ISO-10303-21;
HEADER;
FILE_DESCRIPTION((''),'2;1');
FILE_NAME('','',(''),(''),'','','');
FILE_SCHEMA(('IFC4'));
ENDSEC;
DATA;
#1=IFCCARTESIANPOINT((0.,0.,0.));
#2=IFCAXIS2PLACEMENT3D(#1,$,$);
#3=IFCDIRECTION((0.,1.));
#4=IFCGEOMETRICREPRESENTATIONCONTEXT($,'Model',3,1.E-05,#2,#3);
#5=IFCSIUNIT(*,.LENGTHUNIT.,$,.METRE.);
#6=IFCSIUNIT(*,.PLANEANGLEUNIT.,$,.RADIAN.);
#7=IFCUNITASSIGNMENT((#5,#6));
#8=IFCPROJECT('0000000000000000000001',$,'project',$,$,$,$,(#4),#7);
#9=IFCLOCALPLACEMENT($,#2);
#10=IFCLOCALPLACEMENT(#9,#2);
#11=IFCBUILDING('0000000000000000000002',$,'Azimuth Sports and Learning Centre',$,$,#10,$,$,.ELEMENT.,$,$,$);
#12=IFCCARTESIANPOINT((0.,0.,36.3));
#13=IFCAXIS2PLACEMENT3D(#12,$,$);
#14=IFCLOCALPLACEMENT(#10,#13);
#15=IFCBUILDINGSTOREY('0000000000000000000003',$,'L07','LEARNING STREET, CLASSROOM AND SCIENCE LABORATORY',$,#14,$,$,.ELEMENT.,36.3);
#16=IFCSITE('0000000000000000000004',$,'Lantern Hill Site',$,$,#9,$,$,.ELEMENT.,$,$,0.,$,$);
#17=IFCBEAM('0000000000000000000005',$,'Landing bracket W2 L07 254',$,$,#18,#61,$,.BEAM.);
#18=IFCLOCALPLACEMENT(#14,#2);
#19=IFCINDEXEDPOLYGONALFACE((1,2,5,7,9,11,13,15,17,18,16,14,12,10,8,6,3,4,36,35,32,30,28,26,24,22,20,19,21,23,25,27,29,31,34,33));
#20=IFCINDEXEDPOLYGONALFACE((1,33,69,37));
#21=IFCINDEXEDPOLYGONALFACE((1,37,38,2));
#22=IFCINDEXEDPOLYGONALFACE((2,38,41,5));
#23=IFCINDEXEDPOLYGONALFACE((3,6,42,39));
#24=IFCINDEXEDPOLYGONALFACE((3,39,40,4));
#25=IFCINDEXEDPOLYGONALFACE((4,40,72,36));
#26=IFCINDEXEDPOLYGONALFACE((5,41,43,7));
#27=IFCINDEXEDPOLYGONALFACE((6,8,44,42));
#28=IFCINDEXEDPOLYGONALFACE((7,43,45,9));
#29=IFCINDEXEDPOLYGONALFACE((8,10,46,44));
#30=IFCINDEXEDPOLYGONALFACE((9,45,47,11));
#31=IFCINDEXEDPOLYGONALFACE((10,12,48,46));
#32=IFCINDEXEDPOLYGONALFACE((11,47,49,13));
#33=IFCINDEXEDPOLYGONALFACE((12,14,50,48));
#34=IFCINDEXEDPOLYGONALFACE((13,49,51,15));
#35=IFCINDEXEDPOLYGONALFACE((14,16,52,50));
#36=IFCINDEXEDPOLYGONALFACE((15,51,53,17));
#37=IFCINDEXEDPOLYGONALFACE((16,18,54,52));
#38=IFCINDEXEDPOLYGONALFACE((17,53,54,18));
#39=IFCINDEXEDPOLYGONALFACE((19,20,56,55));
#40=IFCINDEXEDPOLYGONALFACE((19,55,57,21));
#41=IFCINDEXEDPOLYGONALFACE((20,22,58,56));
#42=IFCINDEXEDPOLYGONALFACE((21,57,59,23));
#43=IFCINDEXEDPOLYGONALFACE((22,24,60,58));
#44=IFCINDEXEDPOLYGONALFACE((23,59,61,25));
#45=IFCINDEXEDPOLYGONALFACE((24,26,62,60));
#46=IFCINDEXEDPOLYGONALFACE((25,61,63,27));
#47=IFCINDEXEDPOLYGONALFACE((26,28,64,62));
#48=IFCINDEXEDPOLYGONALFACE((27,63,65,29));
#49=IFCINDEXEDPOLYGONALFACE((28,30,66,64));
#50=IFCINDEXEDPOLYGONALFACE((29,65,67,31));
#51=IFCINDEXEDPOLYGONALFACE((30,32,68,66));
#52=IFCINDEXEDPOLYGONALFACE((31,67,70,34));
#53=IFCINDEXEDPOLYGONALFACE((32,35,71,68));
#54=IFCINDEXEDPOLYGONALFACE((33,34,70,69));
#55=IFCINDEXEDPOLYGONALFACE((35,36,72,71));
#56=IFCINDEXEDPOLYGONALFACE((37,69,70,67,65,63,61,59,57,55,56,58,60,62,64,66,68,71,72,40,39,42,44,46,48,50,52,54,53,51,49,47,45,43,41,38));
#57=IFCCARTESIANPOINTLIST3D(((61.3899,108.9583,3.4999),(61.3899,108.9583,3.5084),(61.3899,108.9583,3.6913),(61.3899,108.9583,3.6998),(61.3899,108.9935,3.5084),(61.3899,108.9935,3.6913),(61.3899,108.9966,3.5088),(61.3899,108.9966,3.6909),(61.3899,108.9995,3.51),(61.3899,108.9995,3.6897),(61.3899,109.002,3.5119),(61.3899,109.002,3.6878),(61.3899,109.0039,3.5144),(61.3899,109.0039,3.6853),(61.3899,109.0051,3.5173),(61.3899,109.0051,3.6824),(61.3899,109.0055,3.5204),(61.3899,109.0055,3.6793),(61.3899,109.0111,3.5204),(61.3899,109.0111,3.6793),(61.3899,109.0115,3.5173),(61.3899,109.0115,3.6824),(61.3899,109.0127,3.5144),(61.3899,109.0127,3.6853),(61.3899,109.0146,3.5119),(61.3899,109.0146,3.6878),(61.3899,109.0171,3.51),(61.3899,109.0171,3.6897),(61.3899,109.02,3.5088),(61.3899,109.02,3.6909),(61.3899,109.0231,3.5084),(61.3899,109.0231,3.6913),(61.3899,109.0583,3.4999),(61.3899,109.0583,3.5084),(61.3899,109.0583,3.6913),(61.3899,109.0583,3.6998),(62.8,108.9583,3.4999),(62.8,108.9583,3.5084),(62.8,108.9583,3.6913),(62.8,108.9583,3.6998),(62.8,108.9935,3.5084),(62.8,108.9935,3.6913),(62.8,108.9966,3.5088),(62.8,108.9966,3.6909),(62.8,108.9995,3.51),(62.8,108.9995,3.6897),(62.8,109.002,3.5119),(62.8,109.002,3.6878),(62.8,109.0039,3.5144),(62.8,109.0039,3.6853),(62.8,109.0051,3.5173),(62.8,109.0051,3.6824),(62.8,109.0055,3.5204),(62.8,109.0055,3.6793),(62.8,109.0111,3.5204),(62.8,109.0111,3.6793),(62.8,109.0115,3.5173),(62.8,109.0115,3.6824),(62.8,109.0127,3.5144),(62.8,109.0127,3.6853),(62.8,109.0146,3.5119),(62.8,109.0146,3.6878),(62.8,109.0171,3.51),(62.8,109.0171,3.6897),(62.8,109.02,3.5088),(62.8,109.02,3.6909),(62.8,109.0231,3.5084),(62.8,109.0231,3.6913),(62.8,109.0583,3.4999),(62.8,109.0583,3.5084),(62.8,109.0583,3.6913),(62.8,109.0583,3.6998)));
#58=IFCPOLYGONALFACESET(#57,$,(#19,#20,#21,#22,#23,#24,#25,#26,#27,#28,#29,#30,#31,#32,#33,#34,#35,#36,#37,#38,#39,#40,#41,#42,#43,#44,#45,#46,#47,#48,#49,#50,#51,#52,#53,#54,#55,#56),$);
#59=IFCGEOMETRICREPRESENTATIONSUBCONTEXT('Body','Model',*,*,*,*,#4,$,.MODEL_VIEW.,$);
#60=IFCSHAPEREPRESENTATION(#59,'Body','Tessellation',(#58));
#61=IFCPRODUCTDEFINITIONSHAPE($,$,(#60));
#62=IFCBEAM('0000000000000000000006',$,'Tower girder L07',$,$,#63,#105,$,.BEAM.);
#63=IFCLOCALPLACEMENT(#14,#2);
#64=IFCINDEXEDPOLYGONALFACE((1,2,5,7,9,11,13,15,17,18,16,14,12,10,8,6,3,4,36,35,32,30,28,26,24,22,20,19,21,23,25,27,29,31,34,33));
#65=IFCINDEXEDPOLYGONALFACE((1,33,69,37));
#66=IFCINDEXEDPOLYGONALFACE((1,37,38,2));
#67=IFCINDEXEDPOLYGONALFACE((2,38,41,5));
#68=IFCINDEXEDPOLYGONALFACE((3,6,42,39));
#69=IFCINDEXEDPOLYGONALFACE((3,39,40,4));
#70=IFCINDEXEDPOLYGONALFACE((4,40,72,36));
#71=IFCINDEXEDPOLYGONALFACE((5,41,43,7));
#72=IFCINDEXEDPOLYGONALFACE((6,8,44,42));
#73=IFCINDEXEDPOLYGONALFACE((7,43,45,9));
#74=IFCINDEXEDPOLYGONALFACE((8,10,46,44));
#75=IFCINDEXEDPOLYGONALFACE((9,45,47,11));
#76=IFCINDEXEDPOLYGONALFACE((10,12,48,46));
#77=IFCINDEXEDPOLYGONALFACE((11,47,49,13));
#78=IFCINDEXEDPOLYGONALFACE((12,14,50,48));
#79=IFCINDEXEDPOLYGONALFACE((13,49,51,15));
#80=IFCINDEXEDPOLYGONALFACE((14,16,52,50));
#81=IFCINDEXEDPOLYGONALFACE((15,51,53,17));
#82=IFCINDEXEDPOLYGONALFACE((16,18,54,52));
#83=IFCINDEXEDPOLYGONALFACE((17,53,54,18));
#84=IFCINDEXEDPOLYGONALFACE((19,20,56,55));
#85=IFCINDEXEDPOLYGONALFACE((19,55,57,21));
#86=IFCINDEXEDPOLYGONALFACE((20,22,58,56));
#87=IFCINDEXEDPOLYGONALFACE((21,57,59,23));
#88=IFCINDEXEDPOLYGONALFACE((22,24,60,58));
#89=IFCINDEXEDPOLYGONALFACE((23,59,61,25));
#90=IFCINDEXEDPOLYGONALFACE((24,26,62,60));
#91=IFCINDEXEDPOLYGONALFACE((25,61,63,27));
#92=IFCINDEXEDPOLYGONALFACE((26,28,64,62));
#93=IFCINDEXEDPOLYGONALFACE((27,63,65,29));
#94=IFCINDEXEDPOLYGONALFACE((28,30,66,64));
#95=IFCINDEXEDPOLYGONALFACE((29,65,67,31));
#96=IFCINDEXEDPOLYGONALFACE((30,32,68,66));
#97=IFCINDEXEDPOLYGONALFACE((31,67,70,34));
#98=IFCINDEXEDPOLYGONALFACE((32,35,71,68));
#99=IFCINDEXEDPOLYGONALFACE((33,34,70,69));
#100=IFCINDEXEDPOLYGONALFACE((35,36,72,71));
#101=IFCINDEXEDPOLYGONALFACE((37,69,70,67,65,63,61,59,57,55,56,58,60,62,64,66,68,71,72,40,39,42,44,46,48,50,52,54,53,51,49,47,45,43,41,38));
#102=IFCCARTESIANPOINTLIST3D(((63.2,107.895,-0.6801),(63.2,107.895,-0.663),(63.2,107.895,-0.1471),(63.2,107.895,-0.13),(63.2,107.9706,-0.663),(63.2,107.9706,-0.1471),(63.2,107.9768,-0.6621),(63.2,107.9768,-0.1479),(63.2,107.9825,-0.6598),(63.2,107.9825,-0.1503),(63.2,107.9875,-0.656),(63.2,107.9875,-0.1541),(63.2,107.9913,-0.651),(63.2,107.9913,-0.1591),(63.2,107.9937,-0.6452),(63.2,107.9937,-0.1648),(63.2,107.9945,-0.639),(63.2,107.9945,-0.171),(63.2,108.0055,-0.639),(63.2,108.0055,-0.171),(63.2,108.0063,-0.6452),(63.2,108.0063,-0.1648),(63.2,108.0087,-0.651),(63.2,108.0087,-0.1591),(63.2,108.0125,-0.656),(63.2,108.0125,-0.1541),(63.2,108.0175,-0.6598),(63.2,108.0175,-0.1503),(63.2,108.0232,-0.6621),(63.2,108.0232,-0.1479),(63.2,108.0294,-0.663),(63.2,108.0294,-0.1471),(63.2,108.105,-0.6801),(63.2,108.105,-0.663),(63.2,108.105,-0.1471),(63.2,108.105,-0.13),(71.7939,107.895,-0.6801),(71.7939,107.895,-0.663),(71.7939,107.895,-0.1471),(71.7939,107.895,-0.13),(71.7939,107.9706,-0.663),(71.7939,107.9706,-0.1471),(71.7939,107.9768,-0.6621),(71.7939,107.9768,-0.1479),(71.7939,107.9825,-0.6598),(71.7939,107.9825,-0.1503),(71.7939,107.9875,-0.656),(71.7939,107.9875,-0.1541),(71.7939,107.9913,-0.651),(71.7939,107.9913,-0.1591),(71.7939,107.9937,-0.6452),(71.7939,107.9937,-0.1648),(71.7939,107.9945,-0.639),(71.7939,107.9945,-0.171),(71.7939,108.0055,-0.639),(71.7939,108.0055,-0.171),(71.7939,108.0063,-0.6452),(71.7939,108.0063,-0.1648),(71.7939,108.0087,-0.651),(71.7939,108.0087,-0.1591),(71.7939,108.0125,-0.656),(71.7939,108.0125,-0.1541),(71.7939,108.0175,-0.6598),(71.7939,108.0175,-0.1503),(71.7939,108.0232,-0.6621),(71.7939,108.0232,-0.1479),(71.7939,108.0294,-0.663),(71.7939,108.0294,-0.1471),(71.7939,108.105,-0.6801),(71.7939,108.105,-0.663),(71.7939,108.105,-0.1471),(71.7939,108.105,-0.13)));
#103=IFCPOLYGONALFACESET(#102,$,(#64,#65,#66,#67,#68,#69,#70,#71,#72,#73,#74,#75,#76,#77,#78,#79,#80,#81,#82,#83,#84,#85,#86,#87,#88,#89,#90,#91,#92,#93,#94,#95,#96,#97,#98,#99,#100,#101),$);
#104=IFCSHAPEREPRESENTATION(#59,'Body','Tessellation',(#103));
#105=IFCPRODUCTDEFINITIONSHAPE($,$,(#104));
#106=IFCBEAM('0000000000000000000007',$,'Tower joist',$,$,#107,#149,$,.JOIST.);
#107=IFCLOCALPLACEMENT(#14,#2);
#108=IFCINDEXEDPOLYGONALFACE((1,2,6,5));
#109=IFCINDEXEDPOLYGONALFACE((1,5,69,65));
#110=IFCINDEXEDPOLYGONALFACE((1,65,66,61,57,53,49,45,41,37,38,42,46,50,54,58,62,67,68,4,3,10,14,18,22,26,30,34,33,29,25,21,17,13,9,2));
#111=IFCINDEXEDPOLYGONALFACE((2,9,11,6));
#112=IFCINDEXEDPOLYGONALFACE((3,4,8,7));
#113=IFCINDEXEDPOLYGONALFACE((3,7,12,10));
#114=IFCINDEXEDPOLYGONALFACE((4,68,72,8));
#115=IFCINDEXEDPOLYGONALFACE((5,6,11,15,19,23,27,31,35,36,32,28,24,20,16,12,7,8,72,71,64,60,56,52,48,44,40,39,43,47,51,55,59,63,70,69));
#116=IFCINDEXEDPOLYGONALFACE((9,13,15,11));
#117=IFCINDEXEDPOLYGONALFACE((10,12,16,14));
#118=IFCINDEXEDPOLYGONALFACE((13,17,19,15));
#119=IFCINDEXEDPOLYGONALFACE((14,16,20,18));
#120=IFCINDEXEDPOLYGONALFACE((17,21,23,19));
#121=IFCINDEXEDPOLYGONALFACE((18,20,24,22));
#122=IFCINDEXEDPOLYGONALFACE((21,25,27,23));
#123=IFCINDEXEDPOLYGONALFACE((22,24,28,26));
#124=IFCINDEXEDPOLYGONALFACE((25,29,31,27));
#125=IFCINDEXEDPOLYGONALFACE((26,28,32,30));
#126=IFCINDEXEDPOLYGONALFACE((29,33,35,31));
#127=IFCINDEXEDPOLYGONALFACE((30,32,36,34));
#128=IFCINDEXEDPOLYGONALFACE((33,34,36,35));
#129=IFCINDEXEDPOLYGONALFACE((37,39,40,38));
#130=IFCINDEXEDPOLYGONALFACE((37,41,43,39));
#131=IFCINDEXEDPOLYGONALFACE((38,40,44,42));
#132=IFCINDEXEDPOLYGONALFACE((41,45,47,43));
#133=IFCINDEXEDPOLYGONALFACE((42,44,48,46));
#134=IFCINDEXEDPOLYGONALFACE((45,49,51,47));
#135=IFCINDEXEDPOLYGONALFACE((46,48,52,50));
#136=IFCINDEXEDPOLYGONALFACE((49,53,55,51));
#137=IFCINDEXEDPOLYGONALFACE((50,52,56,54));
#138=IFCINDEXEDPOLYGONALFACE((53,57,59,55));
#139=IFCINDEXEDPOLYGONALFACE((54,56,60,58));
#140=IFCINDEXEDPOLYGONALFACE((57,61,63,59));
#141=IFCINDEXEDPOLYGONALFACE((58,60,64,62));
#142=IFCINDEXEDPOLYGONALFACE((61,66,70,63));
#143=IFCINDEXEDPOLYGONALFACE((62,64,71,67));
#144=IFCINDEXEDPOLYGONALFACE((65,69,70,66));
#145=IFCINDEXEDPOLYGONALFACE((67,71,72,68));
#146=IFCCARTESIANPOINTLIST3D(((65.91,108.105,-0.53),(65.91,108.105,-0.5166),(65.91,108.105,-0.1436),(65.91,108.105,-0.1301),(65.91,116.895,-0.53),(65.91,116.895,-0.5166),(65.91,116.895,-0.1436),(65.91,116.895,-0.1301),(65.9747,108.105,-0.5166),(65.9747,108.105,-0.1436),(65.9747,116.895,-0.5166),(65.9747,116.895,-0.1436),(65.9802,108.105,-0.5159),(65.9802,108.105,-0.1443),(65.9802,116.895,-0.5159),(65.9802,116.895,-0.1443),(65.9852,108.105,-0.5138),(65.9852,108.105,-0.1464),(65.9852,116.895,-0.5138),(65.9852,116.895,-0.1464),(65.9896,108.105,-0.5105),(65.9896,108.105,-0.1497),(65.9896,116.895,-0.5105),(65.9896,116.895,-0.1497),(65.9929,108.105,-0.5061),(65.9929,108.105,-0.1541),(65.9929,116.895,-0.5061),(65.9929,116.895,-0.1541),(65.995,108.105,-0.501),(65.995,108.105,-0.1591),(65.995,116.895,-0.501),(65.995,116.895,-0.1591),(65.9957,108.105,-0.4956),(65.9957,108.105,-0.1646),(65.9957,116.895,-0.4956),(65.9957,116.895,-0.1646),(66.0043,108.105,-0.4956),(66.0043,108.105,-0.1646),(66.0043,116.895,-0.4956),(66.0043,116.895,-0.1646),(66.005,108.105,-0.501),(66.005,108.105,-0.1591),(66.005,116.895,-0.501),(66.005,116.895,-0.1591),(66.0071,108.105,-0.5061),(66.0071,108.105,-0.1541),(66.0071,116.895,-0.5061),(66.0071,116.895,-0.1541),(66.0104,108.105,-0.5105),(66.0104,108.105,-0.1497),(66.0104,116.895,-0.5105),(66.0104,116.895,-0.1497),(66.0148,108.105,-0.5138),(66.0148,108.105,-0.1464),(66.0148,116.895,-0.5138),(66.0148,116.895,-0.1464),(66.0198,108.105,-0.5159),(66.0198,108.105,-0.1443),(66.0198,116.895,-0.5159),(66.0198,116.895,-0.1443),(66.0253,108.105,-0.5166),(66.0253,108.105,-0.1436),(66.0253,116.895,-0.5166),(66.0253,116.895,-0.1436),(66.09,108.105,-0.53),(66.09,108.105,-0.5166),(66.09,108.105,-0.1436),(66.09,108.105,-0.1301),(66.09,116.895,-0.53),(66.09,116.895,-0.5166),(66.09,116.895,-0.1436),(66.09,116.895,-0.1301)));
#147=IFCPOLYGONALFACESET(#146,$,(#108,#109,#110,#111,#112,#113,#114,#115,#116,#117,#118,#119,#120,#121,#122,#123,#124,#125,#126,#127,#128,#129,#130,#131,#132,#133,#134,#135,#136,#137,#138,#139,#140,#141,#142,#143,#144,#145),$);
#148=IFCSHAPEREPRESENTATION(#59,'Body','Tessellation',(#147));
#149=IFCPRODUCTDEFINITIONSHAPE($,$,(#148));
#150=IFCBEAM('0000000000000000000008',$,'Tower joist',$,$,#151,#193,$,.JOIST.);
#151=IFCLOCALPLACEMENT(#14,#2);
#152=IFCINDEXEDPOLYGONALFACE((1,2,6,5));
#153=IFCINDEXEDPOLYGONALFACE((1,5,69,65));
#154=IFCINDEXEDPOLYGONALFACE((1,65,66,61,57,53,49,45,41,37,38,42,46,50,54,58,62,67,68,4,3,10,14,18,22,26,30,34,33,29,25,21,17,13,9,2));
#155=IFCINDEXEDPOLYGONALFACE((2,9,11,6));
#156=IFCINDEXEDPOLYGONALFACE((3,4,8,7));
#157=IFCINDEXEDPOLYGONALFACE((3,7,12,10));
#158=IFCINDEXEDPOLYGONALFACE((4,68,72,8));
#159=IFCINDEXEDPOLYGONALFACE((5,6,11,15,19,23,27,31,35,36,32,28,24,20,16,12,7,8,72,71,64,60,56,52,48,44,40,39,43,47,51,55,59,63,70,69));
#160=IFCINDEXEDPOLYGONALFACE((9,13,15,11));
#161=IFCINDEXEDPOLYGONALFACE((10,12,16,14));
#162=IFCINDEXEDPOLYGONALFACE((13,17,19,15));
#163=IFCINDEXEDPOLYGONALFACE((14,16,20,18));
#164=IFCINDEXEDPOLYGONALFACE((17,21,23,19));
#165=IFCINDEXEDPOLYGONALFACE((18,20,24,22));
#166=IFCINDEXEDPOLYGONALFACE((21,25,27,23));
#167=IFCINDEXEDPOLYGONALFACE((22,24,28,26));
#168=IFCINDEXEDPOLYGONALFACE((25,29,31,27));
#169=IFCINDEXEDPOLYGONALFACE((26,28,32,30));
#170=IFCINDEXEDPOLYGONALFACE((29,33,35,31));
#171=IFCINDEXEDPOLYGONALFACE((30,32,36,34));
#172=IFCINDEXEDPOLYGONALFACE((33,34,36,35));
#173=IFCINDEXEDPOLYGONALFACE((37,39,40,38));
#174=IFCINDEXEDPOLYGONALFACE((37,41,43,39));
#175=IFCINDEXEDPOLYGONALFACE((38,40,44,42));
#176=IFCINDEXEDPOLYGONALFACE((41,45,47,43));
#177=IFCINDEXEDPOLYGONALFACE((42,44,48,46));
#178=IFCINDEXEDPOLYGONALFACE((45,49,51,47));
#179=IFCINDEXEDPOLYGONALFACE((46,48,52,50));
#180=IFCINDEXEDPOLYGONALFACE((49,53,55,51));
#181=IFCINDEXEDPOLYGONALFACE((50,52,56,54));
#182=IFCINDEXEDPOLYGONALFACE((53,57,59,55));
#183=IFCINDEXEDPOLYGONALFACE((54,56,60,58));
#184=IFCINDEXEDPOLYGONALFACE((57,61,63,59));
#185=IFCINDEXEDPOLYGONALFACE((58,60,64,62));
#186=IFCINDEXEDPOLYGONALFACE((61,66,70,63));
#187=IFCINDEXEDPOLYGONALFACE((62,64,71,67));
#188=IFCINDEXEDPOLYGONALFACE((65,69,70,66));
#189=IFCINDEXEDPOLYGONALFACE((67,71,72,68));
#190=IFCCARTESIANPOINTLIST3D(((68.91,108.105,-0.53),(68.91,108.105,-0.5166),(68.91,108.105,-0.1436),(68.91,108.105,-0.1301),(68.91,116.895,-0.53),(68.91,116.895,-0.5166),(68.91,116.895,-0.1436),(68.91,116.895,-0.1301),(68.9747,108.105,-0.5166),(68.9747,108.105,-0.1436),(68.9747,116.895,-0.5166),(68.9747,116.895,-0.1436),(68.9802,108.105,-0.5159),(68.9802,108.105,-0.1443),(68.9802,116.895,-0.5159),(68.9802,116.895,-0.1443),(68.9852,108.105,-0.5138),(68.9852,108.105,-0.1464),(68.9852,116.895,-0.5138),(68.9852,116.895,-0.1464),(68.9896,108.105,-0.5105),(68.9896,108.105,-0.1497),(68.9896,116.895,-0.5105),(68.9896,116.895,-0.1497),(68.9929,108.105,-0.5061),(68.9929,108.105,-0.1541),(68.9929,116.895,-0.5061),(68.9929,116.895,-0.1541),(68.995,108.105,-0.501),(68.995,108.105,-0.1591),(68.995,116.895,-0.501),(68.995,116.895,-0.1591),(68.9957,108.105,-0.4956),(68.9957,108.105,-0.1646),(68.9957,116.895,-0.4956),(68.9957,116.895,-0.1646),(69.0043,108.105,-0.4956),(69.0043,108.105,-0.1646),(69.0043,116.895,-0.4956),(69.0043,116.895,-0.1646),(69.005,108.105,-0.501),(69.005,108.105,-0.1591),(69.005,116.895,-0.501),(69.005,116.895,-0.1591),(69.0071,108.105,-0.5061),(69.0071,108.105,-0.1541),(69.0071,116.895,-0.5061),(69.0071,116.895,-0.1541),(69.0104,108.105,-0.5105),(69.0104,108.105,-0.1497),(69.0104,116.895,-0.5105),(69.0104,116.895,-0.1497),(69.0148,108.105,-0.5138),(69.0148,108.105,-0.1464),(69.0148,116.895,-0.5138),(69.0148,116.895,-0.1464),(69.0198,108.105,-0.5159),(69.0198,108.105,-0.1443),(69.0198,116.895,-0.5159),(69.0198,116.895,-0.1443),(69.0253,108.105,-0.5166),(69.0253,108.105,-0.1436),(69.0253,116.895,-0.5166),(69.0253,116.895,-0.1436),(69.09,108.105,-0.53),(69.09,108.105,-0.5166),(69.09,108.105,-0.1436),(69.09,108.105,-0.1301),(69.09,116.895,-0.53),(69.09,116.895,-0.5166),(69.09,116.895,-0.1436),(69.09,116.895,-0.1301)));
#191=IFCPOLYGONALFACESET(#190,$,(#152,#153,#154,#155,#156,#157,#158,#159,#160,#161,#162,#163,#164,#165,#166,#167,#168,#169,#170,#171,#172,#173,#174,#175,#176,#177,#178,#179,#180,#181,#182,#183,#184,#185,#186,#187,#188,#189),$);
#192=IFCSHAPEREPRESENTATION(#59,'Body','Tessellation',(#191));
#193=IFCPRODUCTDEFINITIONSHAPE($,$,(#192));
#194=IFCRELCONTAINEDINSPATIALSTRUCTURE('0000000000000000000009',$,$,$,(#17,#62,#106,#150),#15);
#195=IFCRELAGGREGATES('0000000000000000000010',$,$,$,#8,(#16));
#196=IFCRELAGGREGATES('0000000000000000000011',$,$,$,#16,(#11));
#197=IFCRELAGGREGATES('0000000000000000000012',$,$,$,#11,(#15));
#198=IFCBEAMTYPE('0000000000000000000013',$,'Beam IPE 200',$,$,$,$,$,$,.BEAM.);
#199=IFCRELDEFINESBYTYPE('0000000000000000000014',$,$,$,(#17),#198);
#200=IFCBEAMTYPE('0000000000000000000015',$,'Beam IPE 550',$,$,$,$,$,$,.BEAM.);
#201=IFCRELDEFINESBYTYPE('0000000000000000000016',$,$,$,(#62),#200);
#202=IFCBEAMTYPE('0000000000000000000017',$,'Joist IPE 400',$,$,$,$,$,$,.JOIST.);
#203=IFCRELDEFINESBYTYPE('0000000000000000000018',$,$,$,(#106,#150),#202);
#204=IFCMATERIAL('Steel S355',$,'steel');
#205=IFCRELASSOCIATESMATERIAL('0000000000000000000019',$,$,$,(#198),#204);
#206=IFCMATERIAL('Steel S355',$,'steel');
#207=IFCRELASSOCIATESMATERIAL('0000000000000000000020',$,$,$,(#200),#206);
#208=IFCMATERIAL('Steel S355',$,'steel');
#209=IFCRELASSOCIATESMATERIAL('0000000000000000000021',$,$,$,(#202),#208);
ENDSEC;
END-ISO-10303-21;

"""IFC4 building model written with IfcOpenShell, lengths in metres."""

from ifc_helpers import new_model, si_unit, direction, frame, origin, origin_2d, place, context, subcontext, project, spatial, i_section, extrude, material, material_profile, profile_set, type_object, element, save


model = new_model("IFC4")

# Units and contexts
model_context = context("Model", 3, precision=1e-05, world=origin(), true_north=direction((0.0, 1.0)))
body_context = subcontext(model_context, "Body", "Model", "MODEL_VIEW")
ifc_project = project(units=[si_unit("LENGTHUNIT", "METRE"), si_unit("PLANEANGLEUNIT", "RADIAN")], contexts=[model_context])

# Site, building, storey
site_placement = place(None, origin())
site = spatial("IfcSite", under=ifc_project, at=site_placement, Name="Lantern Hill Site", CompositionType="ELEMENT", RefElevation=0.0)
building_placement = place(site_placement, origin())
building = spatial("IfcBuilding", under=site, at=building_placement, Name="Azimuth Sports and Learning Centre", CompositionType="ELEMENT")
storey_placement = place(building_placement, frame((0.0, 0.0, 36.3)))
storey = spatial("IfcBuildingStorey", under=building, at=storey_placement, Name="L07", Description="LEARNING STREET, CLASSROOM AND SCIENCE LABORATORY", CompositionType="ELEMENT", Elevation=36.3)

# Beams
ifc_material_1 = material(Name="Steel S355", Category="steel")
ifc_material_profile_1 = material_profile(ifc_material_1, i_section(OverallWidth=0.1001, OverallDepth=0.2, WebThickness=0.0056, FlangeThickness=0.0085, FilletRadius=0.012, at=origin_2d()), Name="IPE 200")
ifc_profile_set_1 = profile_set([ifc_material_profile_1], Name="Steel S355")
beam_type_1 = type_object("IfcBeamType", Name="Beam IPE 200", PredefinedType="BEAM", material=ifc_profile_set_1)
beam_1_placement = place(storey_placement, frame((62.8, 109.0083, 3.5999), z_axis=(-1.0, 0.0, 0.0), x_axis=(0.0, -1.0, 0.0)))
element("IfcBeam", 1, at=beam_1_placement, inside=storey, type_object=beam_type_1, Name="Landing bracket W2 L07 254", PredefinedType="BEAM", context=body_context, shape_type="SweptSolid", body=[
    extrude(i_section(OverallWidth=0.1001, OverallDepth=0.2, WebThickness=0.0056, FlangeThickness=0.0085, FilletRadius=0.012, at=origin_2d()), origin(), (0.0, 0.0, 1.0), 1.4102),
])
ifc_material_2 = material(Name="Steel S355", Category="steel")
ifc_material_profile_2 = material_profile(ifc_material_2, i_section(OverallWidth=0.21, OverallDepth=0.55, WebThickness=0.011, FlangeThickness=0.0171, FilletRadius=0.0239, at=origin_2d()), Name="IPE 550")
ifc_profile_set_2 = profile_set([ifc_material_profile_2], Name="Steel S355")
beam_type_2 = type_object("IfcBeamType", Name="Beam IPE 550", PredefinedType="BEAM", material=ifc_profile_set_2)
beam_2_placement = place(storey_placement, frame((63.2, 108.0, -0.405), z_axis=(1.0, 0.0, 0.0), x_axis=(0.0, 1.0, 0.0)))
element("IfcBeam", 2, at=beam_2_placement, inside=storey, type_object=beam_type_2, Name="Tower girder L07", PredefinedType="BEAM", context=body_context, shape_type="SweptSolid", body=[
    extrude(i_section(OverallWidth=0.21, OverallDepth=0.55, WebThickness=0.011, FlangeThickness=0.0171, FilletRadius=0.0239, at=origin_2d()), origin(), (0.0, 0.0, 1.0), 8.594),
])
ifc_material_3 = material(Name="Steel S355", Category="steel")
ifc_material_profile_3 = material_profile(ifc_material_3, i_section(OverallWidth=0.1799, OverallDepth=0.3999, WebThickness=0.0085, FlangeThickness=0.0134, FilletRadius=0.021, at=origin_2d()), Name="IPE 400")
ifc_profile_set_3 = profile_set([ifc_material_profile_3], Name="Steel S355")
beam_type_3 = type_object("IfcBeamType", Name="Joist IPE 400", PredefinedType="JOIST", material=ifc_profile_set_3)
for number, where, z_axis, x_axis, name in (
    (3, (66.0, 108.105, -0.3301), (0.0, 1.0, 0.0), (-1.0, 0.0, 0.0), "Tower joist"),
    (4, (69.0, 108.105, -0.3301), (0.0, 1.0, 0.0), (-1.0, 0.0, 0.0), "Tower joist"),
):
    element("IfcBeam", number, at=place(storey_placement, frame(where, z_axis=z_axis, x_axis=x_axis)), inside=storey, type_object=beam_type_3, Name=name, PredefinedType="JOIST", context=body_context, shape_type="SweptSolid", body=[
        extrude(i_section(OverallWidth=0.1799, OverallDepth=0.3999, WebThickness=0.0085, FlangeThickness=0.0134, FilletRadius=0.021, at=origin_2d()), origin(), (0.0, 0.0, 1.0), 8.79),
    ])

save(model, "model.ifc")
